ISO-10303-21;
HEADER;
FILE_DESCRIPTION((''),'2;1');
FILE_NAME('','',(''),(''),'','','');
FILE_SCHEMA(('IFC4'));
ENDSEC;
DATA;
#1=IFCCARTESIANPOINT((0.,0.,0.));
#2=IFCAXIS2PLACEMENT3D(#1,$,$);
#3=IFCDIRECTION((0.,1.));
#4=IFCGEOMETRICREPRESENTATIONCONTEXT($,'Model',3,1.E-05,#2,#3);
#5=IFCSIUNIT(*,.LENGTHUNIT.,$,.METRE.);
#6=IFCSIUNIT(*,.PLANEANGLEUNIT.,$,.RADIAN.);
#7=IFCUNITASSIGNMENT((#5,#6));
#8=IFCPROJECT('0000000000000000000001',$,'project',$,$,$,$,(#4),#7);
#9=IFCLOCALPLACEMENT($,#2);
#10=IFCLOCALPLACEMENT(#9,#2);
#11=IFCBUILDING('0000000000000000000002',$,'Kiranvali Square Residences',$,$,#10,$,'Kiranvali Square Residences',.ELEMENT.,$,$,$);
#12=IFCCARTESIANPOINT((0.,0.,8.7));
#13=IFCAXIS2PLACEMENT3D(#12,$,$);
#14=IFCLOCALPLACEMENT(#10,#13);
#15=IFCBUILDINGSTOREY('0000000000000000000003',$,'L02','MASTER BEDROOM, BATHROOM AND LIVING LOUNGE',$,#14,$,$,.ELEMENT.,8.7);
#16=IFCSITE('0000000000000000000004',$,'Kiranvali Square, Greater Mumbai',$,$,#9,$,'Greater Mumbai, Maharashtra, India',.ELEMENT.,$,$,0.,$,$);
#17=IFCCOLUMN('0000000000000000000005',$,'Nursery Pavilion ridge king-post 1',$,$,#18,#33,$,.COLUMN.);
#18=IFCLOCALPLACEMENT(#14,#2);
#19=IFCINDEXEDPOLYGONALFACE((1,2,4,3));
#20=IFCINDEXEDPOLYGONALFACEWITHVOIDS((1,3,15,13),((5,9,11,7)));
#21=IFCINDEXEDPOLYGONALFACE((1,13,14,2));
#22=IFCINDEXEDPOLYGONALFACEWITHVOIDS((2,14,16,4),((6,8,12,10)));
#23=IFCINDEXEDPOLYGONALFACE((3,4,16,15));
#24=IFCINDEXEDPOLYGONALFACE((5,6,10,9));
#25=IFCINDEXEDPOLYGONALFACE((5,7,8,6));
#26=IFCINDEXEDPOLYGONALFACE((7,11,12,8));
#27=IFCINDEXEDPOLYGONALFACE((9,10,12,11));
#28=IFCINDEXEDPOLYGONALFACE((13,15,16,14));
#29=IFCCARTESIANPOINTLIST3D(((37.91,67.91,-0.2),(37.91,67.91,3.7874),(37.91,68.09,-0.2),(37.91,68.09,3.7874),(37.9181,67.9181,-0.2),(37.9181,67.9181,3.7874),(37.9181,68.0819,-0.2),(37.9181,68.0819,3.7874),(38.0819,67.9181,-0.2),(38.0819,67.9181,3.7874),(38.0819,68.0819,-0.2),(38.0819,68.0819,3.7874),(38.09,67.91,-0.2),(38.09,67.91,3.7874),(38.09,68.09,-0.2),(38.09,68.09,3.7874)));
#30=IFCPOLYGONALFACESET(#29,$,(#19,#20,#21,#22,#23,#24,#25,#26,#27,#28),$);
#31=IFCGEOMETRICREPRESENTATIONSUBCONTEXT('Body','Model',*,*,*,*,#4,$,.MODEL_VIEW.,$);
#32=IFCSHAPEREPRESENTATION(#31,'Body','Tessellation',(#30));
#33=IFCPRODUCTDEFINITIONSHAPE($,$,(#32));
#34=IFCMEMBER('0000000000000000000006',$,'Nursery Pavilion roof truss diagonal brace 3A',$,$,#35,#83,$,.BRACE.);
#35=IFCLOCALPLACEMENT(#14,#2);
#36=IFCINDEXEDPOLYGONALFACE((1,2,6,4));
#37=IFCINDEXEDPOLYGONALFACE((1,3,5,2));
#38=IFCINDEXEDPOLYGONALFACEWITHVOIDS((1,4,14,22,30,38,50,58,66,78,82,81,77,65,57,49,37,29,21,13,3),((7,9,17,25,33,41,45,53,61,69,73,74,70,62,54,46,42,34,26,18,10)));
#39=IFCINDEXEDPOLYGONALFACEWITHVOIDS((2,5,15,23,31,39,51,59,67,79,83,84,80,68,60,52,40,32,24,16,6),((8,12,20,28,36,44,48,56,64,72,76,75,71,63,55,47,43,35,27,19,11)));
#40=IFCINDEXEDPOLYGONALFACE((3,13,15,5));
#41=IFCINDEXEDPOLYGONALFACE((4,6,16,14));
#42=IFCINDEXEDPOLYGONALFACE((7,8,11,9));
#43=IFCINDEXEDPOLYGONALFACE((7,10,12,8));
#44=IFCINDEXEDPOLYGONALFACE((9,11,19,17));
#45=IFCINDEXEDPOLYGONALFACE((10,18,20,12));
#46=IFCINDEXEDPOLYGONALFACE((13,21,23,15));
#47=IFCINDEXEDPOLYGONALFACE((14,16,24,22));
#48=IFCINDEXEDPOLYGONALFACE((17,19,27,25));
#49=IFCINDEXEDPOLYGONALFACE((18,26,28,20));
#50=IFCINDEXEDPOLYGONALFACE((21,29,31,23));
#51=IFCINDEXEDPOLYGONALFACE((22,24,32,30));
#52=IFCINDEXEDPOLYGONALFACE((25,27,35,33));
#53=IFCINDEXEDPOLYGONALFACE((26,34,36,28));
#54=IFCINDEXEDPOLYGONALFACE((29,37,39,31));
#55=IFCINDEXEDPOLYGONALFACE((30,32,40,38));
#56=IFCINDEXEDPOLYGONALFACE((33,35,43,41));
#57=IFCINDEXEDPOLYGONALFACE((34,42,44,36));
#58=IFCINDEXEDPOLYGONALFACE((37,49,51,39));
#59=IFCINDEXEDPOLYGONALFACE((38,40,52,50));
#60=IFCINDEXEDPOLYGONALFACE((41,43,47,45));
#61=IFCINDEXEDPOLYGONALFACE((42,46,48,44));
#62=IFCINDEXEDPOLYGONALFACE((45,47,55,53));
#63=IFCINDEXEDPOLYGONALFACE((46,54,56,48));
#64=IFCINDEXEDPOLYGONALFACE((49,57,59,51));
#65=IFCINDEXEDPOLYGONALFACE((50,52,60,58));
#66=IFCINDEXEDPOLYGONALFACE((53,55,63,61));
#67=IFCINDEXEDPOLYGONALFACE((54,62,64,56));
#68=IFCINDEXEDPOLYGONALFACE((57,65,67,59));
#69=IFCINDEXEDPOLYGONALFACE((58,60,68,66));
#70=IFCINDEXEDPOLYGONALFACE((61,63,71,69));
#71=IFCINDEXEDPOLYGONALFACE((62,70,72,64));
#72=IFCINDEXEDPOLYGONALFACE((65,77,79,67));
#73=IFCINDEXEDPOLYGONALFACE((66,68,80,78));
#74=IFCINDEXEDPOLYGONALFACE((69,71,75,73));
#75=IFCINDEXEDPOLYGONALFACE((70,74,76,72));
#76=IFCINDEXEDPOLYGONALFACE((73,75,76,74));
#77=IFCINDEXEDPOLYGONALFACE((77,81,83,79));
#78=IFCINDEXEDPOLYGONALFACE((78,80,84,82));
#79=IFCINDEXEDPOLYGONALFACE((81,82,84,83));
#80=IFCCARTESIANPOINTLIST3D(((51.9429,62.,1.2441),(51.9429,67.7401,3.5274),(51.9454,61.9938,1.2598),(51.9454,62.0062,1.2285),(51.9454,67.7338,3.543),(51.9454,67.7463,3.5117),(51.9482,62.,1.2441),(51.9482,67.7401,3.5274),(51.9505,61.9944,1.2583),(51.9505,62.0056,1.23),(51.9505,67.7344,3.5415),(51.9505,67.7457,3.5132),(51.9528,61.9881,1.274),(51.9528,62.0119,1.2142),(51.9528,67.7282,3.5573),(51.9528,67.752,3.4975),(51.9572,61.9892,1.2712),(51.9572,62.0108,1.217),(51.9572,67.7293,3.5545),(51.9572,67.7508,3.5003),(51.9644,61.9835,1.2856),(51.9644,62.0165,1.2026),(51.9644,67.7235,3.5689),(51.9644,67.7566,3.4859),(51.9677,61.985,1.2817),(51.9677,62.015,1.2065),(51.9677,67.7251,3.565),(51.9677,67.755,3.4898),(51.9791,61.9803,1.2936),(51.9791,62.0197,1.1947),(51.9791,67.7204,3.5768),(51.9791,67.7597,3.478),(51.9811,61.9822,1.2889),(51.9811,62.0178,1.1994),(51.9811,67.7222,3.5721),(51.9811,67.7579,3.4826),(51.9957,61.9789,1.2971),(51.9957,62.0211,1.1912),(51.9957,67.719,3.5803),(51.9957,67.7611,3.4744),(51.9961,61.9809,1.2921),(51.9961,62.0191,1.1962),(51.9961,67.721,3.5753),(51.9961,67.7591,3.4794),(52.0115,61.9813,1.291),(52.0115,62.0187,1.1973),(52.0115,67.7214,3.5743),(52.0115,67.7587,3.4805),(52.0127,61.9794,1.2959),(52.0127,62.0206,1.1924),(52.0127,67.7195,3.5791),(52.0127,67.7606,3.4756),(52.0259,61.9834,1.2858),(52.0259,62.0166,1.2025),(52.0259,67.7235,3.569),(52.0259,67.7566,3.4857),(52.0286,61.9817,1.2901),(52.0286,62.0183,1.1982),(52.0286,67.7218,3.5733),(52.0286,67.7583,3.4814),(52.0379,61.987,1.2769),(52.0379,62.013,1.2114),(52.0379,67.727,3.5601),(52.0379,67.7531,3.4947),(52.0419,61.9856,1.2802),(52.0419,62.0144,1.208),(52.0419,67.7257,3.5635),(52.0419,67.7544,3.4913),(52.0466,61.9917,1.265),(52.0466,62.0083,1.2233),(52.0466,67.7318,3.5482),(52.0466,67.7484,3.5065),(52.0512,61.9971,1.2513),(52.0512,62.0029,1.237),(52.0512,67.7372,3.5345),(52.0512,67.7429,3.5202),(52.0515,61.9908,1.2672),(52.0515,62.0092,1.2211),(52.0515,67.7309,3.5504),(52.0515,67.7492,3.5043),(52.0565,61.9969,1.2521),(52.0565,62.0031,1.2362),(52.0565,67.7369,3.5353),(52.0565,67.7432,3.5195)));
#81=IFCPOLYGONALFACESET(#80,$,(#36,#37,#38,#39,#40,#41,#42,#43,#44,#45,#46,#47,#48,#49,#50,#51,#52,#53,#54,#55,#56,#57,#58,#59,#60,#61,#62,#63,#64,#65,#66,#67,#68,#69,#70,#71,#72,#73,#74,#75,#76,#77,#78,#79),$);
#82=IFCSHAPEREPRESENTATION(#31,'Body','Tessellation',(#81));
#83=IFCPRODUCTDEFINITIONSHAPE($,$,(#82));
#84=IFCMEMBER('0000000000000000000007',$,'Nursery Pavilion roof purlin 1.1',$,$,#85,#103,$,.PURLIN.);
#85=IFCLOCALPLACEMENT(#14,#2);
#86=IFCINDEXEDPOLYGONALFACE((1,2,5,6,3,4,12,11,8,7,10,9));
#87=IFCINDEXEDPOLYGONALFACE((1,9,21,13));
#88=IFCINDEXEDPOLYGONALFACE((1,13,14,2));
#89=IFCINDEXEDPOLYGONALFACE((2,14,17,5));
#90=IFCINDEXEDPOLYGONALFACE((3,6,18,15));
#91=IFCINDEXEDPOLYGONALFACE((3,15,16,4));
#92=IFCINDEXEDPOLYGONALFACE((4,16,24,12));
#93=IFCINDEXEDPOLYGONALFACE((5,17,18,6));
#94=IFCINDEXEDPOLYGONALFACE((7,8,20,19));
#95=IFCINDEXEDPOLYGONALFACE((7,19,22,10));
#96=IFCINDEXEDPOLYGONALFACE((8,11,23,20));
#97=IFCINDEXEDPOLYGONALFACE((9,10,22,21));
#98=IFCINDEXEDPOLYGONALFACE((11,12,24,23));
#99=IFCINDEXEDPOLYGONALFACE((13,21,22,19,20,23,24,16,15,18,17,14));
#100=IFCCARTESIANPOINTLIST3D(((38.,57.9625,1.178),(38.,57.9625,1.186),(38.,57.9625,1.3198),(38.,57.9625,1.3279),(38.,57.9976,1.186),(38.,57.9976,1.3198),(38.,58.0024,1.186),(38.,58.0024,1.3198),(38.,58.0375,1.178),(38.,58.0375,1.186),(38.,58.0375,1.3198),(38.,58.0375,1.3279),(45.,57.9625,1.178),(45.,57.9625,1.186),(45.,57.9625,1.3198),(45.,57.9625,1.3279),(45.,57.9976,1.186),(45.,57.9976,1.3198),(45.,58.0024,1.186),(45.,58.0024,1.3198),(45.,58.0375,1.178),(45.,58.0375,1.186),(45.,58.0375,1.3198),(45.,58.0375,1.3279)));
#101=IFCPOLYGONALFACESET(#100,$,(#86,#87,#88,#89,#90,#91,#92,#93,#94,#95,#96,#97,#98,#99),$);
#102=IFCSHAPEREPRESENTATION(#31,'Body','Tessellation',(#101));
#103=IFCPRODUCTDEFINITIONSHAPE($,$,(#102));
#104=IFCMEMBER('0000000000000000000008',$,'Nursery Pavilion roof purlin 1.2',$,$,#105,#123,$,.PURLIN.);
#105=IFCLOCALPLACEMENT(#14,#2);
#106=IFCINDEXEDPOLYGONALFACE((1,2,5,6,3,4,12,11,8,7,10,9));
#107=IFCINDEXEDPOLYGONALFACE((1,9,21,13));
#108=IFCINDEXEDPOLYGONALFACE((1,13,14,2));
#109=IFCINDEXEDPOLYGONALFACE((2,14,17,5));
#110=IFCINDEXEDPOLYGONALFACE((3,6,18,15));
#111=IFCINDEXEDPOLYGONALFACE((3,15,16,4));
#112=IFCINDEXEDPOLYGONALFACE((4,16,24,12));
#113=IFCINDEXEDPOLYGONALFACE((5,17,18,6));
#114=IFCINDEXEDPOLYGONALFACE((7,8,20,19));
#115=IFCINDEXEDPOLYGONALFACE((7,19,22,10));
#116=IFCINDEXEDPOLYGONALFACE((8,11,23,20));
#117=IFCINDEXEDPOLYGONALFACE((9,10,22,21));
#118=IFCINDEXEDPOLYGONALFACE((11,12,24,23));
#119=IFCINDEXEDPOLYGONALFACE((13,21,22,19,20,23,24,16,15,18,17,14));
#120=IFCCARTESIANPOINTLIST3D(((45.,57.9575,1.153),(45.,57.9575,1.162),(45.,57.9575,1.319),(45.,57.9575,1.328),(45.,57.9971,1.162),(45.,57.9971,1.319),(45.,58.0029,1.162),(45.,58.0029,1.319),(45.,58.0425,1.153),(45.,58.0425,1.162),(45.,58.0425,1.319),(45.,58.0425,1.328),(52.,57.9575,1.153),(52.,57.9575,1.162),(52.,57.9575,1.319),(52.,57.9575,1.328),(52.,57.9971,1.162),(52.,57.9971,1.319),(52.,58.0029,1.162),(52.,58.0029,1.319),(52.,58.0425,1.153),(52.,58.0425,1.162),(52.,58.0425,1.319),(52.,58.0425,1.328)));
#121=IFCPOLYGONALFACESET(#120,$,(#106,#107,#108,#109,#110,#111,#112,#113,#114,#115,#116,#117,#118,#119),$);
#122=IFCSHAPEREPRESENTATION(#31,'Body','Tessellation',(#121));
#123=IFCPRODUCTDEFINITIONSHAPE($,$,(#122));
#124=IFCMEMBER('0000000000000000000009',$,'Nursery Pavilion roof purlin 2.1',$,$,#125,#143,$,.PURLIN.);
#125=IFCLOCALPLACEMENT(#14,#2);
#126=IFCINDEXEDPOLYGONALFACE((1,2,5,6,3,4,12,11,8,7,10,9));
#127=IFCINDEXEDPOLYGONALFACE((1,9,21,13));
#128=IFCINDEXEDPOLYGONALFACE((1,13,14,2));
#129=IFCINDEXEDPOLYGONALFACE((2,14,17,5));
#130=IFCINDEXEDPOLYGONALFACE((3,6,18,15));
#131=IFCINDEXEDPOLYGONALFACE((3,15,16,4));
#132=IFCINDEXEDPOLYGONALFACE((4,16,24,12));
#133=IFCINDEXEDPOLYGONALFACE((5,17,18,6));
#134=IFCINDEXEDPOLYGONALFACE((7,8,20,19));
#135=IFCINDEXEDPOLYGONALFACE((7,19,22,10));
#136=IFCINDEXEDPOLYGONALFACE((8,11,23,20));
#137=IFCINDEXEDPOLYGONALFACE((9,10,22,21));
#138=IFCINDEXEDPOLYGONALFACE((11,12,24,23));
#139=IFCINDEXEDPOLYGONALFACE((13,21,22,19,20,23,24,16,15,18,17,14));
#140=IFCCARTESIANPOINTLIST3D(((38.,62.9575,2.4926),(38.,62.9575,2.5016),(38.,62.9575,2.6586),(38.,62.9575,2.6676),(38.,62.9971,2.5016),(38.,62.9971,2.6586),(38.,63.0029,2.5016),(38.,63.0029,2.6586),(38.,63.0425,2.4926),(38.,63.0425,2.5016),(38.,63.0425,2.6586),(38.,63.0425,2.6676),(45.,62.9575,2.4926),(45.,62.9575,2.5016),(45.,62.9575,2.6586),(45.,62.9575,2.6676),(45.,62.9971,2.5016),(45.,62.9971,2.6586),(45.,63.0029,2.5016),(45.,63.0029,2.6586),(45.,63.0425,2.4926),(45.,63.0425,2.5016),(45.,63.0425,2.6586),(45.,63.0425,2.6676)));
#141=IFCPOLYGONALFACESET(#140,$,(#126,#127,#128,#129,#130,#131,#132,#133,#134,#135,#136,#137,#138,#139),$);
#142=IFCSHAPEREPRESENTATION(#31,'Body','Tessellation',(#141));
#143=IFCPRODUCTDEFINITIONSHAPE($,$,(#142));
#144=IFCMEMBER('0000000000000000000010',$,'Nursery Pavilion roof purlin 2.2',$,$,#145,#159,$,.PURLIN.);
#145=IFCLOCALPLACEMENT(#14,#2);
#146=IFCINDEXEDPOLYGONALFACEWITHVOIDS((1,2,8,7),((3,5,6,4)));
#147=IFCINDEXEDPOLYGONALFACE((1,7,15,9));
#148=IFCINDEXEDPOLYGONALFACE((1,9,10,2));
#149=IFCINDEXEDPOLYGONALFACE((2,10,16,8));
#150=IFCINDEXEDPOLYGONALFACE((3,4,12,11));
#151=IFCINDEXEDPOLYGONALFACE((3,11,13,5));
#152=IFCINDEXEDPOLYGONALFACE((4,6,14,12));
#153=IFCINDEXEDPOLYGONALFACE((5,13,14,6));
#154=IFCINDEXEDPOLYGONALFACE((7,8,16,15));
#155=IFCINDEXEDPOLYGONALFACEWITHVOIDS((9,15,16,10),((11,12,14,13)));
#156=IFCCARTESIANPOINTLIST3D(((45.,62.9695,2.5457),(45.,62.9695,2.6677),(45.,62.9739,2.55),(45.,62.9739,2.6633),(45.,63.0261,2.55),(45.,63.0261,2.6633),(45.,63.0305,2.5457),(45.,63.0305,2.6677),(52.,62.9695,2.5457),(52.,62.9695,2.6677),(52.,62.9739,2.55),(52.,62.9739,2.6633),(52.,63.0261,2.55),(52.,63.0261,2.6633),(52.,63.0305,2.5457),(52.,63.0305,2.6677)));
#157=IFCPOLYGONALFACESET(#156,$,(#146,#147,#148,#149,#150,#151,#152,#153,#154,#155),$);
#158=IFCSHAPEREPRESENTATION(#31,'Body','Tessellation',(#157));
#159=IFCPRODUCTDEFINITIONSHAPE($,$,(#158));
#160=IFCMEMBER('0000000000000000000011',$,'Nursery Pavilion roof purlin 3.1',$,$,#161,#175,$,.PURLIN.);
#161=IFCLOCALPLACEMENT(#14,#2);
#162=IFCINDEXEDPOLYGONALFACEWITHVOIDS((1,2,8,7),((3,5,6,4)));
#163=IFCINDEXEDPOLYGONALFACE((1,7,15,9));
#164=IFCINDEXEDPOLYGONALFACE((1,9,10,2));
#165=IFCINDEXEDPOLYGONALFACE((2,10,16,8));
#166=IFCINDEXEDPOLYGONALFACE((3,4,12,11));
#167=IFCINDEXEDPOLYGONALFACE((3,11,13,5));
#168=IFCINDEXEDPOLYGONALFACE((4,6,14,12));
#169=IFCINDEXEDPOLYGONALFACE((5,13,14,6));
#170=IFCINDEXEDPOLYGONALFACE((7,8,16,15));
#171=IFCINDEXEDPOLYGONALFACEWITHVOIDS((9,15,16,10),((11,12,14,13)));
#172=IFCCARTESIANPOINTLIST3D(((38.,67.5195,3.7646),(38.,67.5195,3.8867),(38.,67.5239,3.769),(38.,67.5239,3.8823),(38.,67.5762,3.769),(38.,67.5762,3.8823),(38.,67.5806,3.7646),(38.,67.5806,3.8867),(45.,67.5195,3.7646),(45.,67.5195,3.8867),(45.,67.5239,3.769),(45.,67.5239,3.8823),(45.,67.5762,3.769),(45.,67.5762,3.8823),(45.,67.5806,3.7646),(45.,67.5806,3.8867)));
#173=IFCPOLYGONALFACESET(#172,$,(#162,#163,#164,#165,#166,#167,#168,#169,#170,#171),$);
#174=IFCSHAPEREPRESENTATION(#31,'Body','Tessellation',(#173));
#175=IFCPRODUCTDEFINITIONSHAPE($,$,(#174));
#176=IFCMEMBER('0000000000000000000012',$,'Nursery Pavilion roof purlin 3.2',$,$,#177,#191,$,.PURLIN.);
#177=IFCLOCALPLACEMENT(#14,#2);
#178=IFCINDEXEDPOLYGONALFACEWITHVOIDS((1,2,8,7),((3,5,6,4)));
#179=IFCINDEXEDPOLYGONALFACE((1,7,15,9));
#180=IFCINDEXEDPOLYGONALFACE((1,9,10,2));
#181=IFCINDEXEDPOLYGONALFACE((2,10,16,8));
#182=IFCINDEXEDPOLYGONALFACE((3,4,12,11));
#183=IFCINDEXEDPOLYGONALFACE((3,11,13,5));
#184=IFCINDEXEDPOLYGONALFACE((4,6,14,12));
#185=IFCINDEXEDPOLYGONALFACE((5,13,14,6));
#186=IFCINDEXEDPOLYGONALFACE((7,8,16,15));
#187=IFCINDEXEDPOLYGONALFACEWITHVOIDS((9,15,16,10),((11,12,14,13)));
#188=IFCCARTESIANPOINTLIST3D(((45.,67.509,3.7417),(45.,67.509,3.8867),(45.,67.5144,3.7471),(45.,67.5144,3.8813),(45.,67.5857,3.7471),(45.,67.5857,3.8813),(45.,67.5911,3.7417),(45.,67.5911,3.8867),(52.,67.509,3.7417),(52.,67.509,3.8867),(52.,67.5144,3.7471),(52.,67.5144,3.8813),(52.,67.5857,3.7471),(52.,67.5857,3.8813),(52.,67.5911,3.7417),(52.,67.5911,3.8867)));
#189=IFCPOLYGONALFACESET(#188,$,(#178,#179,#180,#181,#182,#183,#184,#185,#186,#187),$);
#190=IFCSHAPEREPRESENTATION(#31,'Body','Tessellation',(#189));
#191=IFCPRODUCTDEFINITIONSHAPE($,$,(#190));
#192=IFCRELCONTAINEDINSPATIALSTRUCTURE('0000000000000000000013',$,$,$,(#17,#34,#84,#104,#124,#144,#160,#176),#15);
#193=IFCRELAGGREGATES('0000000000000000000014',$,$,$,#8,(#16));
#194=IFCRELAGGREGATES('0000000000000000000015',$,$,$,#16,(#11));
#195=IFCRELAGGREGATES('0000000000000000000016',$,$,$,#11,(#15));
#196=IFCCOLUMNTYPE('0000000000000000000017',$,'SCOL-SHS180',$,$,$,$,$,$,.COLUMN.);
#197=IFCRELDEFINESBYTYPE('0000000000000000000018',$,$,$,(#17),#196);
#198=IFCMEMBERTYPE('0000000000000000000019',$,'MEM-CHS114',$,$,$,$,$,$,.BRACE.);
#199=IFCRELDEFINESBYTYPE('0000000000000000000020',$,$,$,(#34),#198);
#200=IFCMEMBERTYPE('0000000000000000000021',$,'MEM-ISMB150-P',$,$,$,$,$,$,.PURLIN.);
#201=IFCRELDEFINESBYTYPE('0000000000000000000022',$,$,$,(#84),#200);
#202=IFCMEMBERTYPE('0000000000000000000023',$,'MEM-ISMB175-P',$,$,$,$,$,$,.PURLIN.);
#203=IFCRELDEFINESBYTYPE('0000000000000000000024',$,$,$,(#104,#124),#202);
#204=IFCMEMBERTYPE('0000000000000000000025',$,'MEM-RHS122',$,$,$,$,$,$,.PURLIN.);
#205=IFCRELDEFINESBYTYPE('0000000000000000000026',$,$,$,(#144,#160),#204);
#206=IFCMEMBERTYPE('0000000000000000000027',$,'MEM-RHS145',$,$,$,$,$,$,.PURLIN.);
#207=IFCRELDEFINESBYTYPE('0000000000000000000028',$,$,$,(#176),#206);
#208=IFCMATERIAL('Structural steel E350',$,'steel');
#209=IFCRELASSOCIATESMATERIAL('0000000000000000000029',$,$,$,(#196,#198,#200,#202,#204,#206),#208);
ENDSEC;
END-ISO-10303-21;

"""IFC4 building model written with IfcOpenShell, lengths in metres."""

from ifc_helpers import new_model, si_unit, direction, frame, origin, origin_2d, place, context, subcontext, project, spatial, hollow_rectangle, hollow_circle, i_section, extrude, material, material_profile, profile_set, type_object, element, save


model = new_model("IFC4")

# Units and contexts
model_context = context("Model", 3, precision=1e-05, world=origin(), true_north=direction((0.0, 1.0)))
body_context = subcontext(model_context, "Body", "Model", "MODEL_VIEW")
ifc_project = project(units=[si_unit("LENGTHUNIT", "METRE"), si_unit("PLANEANGLEUNIT", "RADIAN")], contexts=[model_context])

# Site, building, storey
site_placement = place(None, origin())
site = spatial("IfcSite", under=ifc_project, at=site_placement, Name="Kiranvali Square, Greater Mumbai", LongName="Greater Mumbai, Maharashtra, India", CompositionType="ELEMENT", RefElevation=0.0)
building_placement = place(site_placement, origin())
building = spatial("IfcBuilding", under=site, at=building_placement, Name="Kiranvali Square Residences", LongName="Kiranvali Square Residences", CompositionType="ELEMENT")
storey_placement = place(building_placement, frame((0.0, 0.0, 8.7)))
storey = spatial("IfcBuildingStorey", under=building, at=storey_placement, Name="L02", Description="MASTER BEDROOM, BATHROOM AND LIVING LOUNGE", CompositionType="ELEMENT", Elevation=8.7)

# Column
ifc_material = material(Name="Structural steel E350", Category="steel")
ifc_material_profile_1 = material_profile(ifc_material, hollow_rectangle(XDim=0.1799, YDim=0.1799, WallThickness=0.0081, at=origin_2d()), Name="SHS 180x180x8.0")
ifc_profile_set_1 = profile_set([ifc_material_profile_1], Name="Structural steel E350")
column_type = type_object("IfcColumnType", Name="SCOL-SHS180", PredefinedType="COLUMN", material=ifc_profile_set_1)
column_placement = place(storey_placement, frame((38.0, 68.0, -0.2), z_axis=(0.0, 0.0, 1.0), x_axis=(1.0, 0.0, 0.0)))
element("IfcColumn", 1, at=column_placement, inside=storey, type_object=column_type, Name="Nursery Pavilion ridge king-post 1", PredefinedType="COLUMN", context=body_context, shape_type="SweptSolid", body=[
    extrude(hollow_rectangle(XDim=0.1799, YDim=0.1799, WallThickness=0.0081, at=origin_2d()), origin(), (0.0, 0.0, 1.0), 3.9873),
])

# Members
ifc_material_profile_2 = material_profile(ifc_material, hollow_circle(Radius=0.0571, WallThickness=0.0054, at=origin_2d()), Name="CHS 114.3x5.4")
ifc_profile_set_2 = profile_set([ifc_material_profile_2], Name="Structural steel E350")
member_type_1 = type_object("IfcMemberType", Name="MEM-CHS114", PredefinedType="BRACE", material=ifc_profile_set_2)
member_1_placement = place(storey_placement, frame((52.0, 62.0, 1.2441), z_axis=(0.0, 0.929189, 0.369605), x_axis=(-1.0, 0.0, 0.0)))
element("IfcMember", 2, at=member_1_placement, inside=storey, type_object=member_type_1, Name="Nursery Pavilion roof truss diagonal brace 3A", PredefinedType="BRACE", context=body_context, shape_type="SweptSolid", body=[
    extrude(hollow_circle(Radius=0.0571, WallThickness=0.0054, at=origin_2d()), origin(), (0.0, 0.0, 1.0), 6.1775),
])
ifc_material_profile_3 = material_profile(ifc_material, i_section(OverallWidth=0.075, OverallDepth=0.1499, WebThickness=0.0049, FlangeThickness=0.0081, at=origin_2d()), Name="ISMB 150")
ifc_profile_set_3 = profile_set([ifc_material_profile_3], Name="Structural steel E350")
member_type_2 = type_object("IfcMemberType", Name="MEM-ISMB150-P", PredefinedType="PURLIN", material=ifc_profile_set_3)
member_2_placement = place(storey_placement, frame((38.0, 58.0, 1.2529), z_axis=(1.0, 0.0, 0.0), x_axis=(0.0, 1.0, 0.0)))
element("IfcMember", 3, at=member_2_placement, inside=storey, type_object=member_type_2, Name="Nursery Pavilion roof purlin 1.1", PredefinedType="PURLIN", context=body_context, shape_type="SweptSolid", body=[
    extrude(i_section(OverallWidth=0.075, OverallDepth=0.1499, WebThickness=0.0049, FlangeThickness=0.0081, at=origin_2d()), origin(), (0.0, 0.0, 1.0), 7.0),
])
ifc_material_profile_4 = material_profile(ifc_material, i_section(OverallWidth=0.085, OverallDepth=0.175, WebThickness=0.0059, FlangeThickness=0.009, at=origin_2d()), Name="ISMB 175")
ifc_profile_set_4 = profile_set([ifc_material_profile_4], Name="Structural steel E350")
member_type_3 = type_object("IfcMemberType", Name="MEM-ISMB175-P", PredefinedType="PURLIN", material=ifc_profile_set_4)
for number, where, z_axis, x_axis, name in (
    (4, (45.0, 58.0, 1.2405), (1.0, 0.0, 0.0), (0.0, 1.0, 0.0), "Nursery Pavilion roof purlin 1.2"),
    (5, (38.0, 63.0, 2.5801), (1.0, 0.0, 0.0), (0.0, 1.0, 0.0), "Nursery Pavilion roof purlin 2.1"),
):
    element("IfcMember", number, at=place(storey_placement, frame(where, z_axis=z_axis, x_axis=x_axis)), inside=storey, type_object=member_type_3, Name=name, PredefinedType="PURLIN", context=body_context, shape_type="SweptSolid", body=[
        extrude(i_section(OverallWidth=0.085, OverallDepth=0.175, WebThickness=0.0059, FlangeThickness=0.009, at=origin_2d()), origin(), (0.0, 0.0, 1.0), 7.0),
    ])
ifc_material_profile_5 = material_profile(ifc_material, hollow_rectangle(XDim=0.061, YDim=0.1221, WallThickness=0.0044, at=origin_2d()), Name="RHS 122x61x4.5")
ifc_profile_set_5 = profile_set([ifc_material_profile_5], Name="Structural steel E350")
member_type_4 = type_object("IfcMemberType", Name="MEM-RHS122", PredefinedType="PURLIN", material=ifc_profile_set_5)
for number, where, z_axis, x_axis, name in (
    (6, (45.0, 63.0, 2.6067), (1.0, 0.0, 0.0), (0.0, 1.0, 0.0), "Nursery Pavilion roof purlin 2.2"),
    (7, (38.0, 67.55, 3.8257), (1.0, 0.0, 0.0), (0.0, 1.0, 0.0), "Nursery Pavilion roof purlin 3.1"),
):
    element("IfcMember", number, at=place(storey_placement, frame(where, z_axis=z_axis, x_axis=x_axis)), inside=storey, type_object=member_type_4, Name=name, PredefinedType="PURLIN", context=body_context, shape_type="SweptSolid", body=[
        extrude(hollow_rectangle(XDim=0.061, YDim=0.1221, WallThickness=0.0044, at=origin_2d()), origin(), (0.0, 0.0, 1.0), 7.0),
    ])
ifc_material_profile_6 = material_profile(ifc_material, hollow_rectangle(XDim=0.082, YDim=0.145, WallThickness=0.0054, at=origin_2d()), Name="RHS 145x82x5.4")
ifc_profile_set_6 = profile_set([ifc_material_profile_6], Name="Structural steel E350")
member_type_5 = type_object("IfcMemberType", Name="MEM-RHS145", PredefinedType="PURLIN", material=ifc_profile_set_6)
member_3_placement = place(storey_placement, frame((45.0, 67.55, 3.8142), z_axis=(1.0, 0.0, 0.0), x_axis=(0.0, 1.0, 0.0)))
element("IfcMember", 8, at=member_3_placement, inside=storey, type_object=member_type_5, Name="Nursery Pavilion roof purlin 3.2", PredefinedType="PURLIN", context=body_context, shape_type="SweptSolid", body=[
    extrude(hollow_rectangle(XDim=0.082, YDim=0.145, WallThickness=0.0054, at=origin_2d()), origin(), (0.0, 0.0, 1.0), 7.0),
])

save(model, "model.ifc")
